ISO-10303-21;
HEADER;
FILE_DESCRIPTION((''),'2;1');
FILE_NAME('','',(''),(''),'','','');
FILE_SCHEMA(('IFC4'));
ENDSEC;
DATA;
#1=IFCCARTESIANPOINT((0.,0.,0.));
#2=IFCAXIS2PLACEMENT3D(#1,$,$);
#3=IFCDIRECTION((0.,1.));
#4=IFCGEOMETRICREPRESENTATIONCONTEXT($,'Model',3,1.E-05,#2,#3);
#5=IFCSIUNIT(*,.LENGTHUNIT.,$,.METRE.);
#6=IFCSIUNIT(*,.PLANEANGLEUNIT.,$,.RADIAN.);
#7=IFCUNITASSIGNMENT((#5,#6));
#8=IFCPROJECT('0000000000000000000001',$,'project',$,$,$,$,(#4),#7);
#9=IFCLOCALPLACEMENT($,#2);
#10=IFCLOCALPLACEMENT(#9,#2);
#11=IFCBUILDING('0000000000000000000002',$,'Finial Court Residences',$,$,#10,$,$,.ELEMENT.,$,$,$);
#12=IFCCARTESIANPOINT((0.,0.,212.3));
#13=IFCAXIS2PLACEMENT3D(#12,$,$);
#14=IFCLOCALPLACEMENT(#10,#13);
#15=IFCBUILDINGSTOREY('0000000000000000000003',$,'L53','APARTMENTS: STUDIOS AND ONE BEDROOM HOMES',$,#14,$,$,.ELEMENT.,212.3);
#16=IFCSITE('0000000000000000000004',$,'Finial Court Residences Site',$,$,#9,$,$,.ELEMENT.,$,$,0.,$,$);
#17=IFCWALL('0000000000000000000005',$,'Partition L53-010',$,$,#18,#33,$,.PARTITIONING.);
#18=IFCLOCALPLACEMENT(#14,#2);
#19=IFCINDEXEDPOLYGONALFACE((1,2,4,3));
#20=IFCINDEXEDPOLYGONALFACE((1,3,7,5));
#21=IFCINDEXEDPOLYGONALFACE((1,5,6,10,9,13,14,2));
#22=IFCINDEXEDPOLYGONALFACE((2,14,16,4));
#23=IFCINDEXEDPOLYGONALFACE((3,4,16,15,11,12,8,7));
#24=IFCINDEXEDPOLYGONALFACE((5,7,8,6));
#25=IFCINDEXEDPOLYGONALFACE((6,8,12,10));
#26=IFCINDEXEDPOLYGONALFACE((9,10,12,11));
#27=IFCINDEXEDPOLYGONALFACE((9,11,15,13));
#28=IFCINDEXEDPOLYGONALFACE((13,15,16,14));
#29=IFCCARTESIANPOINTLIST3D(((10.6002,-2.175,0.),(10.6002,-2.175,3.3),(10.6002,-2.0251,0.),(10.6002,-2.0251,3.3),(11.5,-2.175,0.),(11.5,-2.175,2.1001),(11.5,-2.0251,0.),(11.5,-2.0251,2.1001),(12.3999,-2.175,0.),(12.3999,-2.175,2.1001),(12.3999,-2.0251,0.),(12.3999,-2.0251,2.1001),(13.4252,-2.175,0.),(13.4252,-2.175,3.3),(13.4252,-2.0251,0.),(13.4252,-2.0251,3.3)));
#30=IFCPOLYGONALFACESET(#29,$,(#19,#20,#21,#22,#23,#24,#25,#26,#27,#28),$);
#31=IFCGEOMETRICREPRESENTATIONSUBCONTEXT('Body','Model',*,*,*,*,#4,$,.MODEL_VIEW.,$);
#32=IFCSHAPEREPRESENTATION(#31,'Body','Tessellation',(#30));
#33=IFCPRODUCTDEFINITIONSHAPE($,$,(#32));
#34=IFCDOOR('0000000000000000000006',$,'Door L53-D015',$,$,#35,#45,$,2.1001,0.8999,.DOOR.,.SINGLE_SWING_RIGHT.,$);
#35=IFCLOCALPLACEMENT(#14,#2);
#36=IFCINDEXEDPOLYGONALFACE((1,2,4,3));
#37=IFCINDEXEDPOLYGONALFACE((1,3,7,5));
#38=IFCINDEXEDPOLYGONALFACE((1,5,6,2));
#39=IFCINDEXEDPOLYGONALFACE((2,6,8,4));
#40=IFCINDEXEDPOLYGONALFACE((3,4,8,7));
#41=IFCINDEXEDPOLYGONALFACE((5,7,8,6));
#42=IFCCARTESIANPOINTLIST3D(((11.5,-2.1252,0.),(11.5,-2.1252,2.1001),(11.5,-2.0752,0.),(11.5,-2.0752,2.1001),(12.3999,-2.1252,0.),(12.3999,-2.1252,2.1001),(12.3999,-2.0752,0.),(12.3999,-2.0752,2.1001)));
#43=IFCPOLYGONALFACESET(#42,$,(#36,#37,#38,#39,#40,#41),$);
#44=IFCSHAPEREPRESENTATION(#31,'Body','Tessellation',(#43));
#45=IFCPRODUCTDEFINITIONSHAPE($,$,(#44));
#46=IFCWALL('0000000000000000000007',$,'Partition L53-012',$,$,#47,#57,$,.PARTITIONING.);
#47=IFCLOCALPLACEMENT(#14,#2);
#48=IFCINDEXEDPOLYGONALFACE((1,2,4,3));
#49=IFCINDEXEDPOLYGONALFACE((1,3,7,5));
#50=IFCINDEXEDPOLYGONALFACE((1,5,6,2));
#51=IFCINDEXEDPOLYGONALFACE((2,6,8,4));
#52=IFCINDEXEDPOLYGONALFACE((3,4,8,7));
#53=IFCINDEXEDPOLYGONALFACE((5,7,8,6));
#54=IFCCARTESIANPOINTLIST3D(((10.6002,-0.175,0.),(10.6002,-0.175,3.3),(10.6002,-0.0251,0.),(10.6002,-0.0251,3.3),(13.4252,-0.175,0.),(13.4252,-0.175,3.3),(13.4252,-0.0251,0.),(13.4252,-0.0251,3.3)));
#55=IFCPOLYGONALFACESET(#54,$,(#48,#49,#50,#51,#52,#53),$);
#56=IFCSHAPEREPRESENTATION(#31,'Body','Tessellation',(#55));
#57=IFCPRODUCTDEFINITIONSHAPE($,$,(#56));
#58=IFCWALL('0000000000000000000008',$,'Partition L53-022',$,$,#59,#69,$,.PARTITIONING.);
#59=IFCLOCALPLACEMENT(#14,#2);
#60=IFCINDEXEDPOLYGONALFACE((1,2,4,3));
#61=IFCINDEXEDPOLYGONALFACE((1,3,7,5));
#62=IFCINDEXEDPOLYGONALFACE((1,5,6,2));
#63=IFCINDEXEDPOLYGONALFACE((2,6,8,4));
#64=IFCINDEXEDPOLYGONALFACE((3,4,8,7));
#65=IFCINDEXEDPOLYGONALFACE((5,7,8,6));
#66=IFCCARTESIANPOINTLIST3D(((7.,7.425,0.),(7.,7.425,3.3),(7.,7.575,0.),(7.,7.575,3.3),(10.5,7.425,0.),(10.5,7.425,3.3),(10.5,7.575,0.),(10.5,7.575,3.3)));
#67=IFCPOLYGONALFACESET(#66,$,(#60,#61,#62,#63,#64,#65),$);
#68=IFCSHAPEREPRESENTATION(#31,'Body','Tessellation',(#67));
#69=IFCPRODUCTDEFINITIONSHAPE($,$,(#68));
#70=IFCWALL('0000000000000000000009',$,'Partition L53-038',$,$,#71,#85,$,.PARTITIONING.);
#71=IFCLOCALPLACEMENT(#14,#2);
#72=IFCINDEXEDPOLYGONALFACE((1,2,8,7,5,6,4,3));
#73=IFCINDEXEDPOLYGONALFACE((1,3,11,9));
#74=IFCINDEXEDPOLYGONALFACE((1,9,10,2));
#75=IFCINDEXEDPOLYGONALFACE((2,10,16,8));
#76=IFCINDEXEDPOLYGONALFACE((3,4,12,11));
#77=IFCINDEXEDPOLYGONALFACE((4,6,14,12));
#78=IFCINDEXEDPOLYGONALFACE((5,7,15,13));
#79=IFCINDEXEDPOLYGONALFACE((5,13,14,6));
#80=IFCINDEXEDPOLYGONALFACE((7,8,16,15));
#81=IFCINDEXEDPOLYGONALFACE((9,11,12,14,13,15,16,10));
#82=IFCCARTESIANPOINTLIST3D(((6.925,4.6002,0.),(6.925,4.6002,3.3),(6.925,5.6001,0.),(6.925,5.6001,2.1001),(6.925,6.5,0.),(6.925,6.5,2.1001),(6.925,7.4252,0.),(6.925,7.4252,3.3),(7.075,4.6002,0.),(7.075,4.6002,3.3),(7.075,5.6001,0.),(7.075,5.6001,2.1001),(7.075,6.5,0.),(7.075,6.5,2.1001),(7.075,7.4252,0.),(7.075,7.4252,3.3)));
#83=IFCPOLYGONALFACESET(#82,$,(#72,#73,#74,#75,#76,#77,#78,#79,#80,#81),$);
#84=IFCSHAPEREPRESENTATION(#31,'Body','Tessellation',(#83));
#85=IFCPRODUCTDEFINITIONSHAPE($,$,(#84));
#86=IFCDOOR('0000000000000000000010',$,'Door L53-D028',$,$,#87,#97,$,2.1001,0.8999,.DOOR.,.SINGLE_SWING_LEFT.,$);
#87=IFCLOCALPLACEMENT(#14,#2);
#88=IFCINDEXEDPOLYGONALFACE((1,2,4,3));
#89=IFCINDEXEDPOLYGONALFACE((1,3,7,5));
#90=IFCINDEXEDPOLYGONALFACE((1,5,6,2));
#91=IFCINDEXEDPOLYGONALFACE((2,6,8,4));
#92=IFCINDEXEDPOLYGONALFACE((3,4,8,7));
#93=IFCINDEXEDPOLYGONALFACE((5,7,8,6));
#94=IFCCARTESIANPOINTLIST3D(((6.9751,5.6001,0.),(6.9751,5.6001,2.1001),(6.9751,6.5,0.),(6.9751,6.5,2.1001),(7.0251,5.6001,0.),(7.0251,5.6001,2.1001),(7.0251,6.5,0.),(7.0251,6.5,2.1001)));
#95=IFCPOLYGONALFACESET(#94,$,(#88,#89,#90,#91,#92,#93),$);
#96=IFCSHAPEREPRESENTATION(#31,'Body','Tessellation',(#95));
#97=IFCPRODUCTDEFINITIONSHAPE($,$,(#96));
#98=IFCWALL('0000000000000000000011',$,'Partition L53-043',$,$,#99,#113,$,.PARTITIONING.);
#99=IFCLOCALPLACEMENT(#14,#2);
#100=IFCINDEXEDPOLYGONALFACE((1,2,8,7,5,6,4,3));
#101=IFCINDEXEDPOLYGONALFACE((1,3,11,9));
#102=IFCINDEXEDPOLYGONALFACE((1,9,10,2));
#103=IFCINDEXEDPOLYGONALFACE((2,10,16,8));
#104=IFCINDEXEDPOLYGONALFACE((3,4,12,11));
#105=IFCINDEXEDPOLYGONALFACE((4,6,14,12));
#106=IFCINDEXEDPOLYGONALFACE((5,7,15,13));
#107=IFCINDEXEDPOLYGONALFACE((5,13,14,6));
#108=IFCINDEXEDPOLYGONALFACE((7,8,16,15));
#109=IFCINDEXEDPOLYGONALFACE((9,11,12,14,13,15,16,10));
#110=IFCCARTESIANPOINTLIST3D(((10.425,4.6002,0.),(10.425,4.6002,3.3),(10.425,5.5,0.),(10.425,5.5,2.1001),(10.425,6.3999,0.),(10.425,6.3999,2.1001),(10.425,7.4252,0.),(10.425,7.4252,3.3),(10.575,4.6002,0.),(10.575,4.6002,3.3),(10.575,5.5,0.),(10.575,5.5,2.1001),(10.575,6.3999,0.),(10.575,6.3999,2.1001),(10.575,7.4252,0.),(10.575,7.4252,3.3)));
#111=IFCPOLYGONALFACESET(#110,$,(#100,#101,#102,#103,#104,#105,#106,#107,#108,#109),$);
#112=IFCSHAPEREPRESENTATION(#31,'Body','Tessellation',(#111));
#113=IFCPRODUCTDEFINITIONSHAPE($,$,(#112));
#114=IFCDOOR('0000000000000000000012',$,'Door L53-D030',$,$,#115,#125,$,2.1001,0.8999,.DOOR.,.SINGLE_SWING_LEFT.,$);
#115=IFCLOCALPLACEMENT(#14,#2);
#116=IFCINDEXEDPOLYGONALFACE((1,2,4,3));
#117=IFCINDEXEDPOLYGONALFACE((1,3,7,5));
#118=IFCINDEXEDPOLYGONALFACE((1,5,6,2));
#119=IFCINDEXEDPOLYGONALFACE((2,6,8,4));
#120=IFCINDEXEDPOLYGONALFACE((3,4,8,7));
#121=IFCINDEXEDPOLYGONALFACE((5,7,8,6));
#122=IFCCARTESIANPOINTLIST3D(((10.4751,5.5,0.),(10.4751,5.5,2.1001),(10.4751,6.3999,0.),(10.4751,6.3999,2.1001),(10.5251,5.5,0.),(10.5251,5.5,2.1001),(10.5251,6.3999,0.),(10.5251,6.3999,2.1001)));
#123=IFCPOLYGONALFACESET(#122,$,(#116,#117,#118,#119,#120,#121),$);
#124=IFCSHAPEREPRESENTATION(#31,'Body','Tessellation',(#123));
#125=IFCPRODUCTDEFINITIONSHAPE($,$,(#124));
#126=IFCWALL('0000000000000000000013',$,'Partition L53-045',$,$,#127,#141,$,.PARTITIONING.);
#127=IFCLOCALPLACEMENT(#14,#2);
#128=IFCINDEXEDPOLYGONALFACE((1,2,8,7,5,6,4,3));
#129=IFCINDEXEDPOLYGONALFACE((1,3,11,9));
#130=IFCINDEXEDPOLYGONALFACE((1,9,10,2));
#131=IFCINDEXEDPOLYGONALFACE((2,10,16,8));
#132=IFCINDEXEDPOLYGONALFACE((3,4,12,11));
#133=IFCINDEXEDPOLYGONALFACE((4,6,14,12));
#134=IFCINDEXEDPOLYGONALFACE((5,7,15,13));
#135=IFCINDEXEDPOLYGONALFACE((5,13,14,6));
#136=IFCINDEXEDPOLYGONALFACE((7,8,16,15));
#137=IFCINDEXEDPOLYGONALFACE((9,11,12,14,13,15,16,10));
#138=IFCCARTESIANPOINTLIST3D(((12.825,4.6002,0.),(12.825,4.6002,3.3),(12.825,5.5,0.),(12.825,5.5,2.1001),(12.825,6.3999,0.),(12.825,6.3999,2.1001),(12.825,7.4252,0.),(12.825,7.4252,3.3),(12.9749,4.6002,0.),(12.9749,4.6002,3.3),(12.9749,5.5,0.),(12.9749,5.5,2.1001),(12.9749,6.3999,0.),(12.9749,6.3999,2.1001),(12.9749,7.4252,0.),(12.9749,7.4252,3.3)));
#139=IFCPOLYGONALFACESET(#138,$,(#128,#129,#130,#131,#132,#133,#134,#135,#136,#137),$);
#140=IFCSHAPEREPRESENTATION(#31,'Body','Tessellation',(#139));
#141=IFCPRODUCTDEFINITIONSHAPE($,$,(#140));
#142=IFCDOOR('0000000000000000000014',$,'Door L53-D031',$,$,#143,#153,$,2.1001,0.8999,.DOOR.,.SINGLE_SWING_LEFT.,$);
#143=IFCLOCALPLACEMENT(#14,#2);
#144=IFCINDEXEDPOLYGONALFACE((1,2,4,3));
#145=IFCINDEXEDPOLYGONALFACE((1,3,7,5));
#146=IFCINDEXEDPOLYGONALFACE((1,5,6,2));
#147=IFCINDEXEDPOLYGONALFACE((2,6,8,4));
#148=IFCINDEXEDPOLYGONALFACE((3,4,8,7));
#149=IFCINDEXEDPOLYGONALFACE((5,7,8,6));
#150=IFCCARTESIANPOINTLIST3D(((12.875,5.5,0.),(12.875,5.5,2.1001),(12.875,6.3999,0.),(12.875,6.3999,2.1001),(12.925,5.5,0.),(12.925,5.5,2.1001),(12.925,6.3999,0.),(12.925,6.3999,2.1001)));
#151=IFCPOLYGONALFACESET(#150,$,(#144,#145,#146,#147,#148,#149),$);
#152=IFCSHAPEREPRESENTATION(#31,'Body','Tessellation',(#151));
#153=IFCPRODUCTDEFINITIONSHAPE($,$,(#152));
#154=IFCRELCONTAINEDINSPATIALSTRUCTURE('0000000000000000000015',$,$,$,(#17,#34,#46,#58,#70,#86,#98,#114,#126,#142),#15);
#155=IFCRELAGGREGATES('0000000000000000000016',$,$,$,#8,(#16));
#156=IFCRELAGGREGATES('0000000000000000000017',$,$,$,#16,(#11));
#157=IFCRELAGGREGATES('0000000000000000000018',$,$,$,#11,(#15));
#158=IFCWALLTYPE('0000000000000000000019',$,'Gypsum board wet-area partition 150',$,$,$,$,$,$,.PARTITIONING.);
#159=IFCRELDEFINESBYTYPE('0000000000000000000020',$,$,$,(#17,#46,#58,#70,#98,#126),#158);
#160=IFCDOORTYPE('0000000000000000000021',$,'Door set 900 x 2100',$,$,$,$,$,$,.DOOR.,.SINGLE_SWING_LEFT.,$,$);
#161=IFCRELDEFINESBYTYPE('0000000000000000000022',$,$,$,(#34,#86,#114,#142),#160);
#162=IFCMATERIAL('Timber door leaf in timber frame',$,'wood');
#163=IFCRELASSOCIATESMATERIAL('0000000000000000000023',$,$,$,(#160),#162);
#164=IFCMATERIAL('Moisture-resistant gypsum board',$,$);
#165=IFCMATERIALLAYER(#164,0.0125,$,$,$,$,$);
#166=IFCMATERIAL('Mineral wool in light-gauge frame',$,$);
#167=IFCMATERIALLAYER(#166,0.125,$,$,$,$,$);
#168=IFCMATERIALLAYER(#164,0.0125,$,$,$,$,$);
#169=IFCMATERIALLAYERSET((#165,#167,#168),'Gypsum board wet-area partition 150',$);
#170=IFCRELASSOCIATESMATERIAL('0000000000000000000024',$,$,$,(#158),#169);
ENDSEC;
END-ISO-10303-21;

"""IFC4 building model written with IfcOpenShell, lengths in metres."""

from ifc_helpers import new_model, si_unit, direction, frame, frame_2d, origin, place, context, subcontext, project, spatial, rectangle, extrude, material, layer, layer_set, type_object, element, fill, save


model = new_model("IFC4")

# Units and contexts
model_context = context("Model", 3, precision=1e-05, world=origin(), true_north=direction((0.0, 1.0)))
body_context = subcontext(model_context, "Body", "Model", "MODEL_VIEW")
ifc_project = project(units=[si_unit("LENGTHUNIT", "METRE"), si_unit("PLANEANGLEUNIT", "RADIAN")], contexts=[model_context])

# Site, building, storey
site_placement = place(None, origin())
site = spatial("IfcSite", under=ifc_project, at=site_placement, Name="Finial Court Residences Site", CompositionType="ELEMENT", RefElevation=0.0)
building_placement = place(site_placement, origin())
building = spatial("IfcBuilding", under=site, at=building_placement, Name="Finial Court Residences", CompositionType="ELEMENT")
storey_placement = place(building_placement, frame((0.0, 0.0, 212.3)))
storey = spatial("IfcBuildingStorey", under=building, at=storey_placement, Name="L53", Description="APARTMENTS: STUDIOS AND ONE BEDROOM HOMES", CompositionType="ELEMENT", Elevation=212.3)

# Shared definitions
ifc_material_1 = material(Name="Mineral wool in light-gauge frame")

# Shared definitions
ifc_material_2 = material(Name="Timber door leaf in timber frame", Category="wood")
door_type = type_object("IfcDoorType", Name="Door set 900 x 2100", OperationType="SINGLE_SWING_LEFT", PredefinedType="DOOR", material=ifc_material_2)

# Wall, opening, door
ifc_material_3 = material(Name="Moisture-resistant gypsum board")
ifc_layer_1 = layer(ifc_material_3, 0.0125)
ifc_layer_2 = layer(ifc_material_1, 0.125)
ifc_layer_3 = layer(ifc_material_3, 0.0125)
ifc_layer_set_1 = layer_set([ifc_layer_1, ifc_layer_2, ifc_layer_3], Name="Gypsum board wet-area partition 150")
wall_type_1 = type_object("IfcWallType", Name="Gypsum board wet-area partition 150", PredefinedType="PARTITIONING", material=ifc_layer_set_1)
wall_1_placement = place(storey_placement, frame((10.6001, -2.1001, 0.0), z_axis=(0.0, 0.0, 1.0), x_axis=(1.0, 0.0, 0.0)))
wall_1 = element("IfcWall", 1, at=wall_1_placement, inside=storey, type_object=wall_type_1, Name="Partition L53-010", PredefinedType="PARTITIONING", context=body_context, shape_type="SweptSolid", body=[
    extrude(rectangle(XDim=2.825, YDim=0.1499, at=frame_2d((1.4126, 0.0))), origin(), (0.0, 0.0, 1.0), 3.3),
])
opening_1_placement = place(wall_1_placement, frame((0.8999, 0.0, 0.0)))
opening_1 = element("IfcOpeningElement", 2, at=opening_1_placement, cuts=wall_1, PredefinedType="OPENING", context=body_context, shape_type="SweptSolid", body=[
    extrude(rectangle(XDim=0.8999, YDim=2.1001, at=frame_2d((0.45, 1.05))), frame((0.0, 0.085, 0.0), z_axis=(0.0, -1.0, 0.0), x_axis=(1.0, 0.0, 0.0)), (0.0, 0.0, 1.0), 0.1699),
])
door_1_placement = place(opening_1_placement, origin())
door_1 = element("IfcDoor", 3, at=door_1_placement, inside=storey, type_object=door_type, Name="Door L53-D015", OperationType="SINGLE_SWING_RIGHT", OverallHeight=2.1001, OverallWidth=0.8999, PredefinedType="DOOR", context=body_context, shape_type="SweptSolid", body=[
    extrude(rectangle(XDim=0.8999, YDim=2.1001, at=frame_2d((0.45, 1.05))), frame((0.0, 0.0249, 0.0), z_axis=(0.0, -1.0, 0.0), x_axis=(1.0, 0.0, 0.0)), (0.0, 0.0, 1.0), 0.05),
])
fill(opening_1, door_1)

# Walls
wall_2_placement = place(storey_placement, frame((10.6001, -0.1001, 0.0), z_axis=(0.0, 0.0, 1.0), x_axis=(1.0, 0.0, 0.0)))
element("IfcWall", 4, at=wall_2_placement, inside=storey, type_object=wall_type_1, Name="Partition L53-012", PredefinedType="PARTITIONING", context=body_context, shape_type="SweptSolid", body=[
    extrude(rectangle(XDim=2.825, YDim=0.1499, at=frame_2d((1.4126, 0.0))), origin(), (0.0, 0.0, 1.0), 3.3),
])
wall_3_placement = place(storey_placement, frame((7.0, 7.5, 0.0), z_axis=(0.0, 0.0, 1.0), x_axis=(1.0, 0.0, 0.0)))
element("IfcWall", 5, at=wall_3_placement, inside=storey, type_object=wall_type_1, Name="Partition L53-022", PredefinedType="PARTITIONING", context=body_context, shape_type="SweptSolid", body=[
    extrude(rectangle(XDim=3.5, YDim=0.1499, at=frame_2d((1.75, 0.0))), origin(), (0.0, 0.0, 1.0), 3.3),
])

# Walls, openings, doors
wall_4_placement = place(storey_placement, frame((7.0, 4.6001, 0.0), z_axis=(0.0, 0.0, 1.0), x_axis=(0.0, 1.0, 0.0)))
wall_4 = element("IfcWall", 6, at=wall_4_placement, inside=storey, type_object=wall_type_1, Name="Partition L53-038", PredefinedType="PARTITIONING", context=body_context, shape_type="SweptSolid", body=[
    extrude(rectangle(XDim=2.825, YDim=0.1499, at=frame_2d((1.4126, 0.0))), origin(), (0.0, 0.0, 1.0), 3.3),
])
opening_2_placement = place(wall_4_placement, frame((1.0, 0.0, 0.0)))
opening_2 = element("IfcOpeningElement", 7, at=opening_2_placement, cuts=wall_4, PredefinedType="OPENING", context=body_context, shape_type="SweptSolid", body=[
    extrude(rectangle(XDim=0.8999, YDim=2.1001, at=frame_2d((0.45, 1.05))), frame((0.0, 0.085, 0.0), z_axis=(0.0, -1.0, 0.0), x_axis=(1.0, 0.0, 0.0)), (0.0, 0.0, 1.0), 0.1699),
])
door_2_placement = place(opening_2_placement, origin())
door_2 = element("IfcDoor", 8, at=door_2_placement, inside=storey, type_object=door_type, Name="Door L53-D028", OperationType="SINGLE_SWING_LEFT", OverallHeight=2.1001, OverallWidth=0.8999, PredefinedType="DOOR", context=body_context, shape_type="SweptSolid", body=[
    extrude(rectangle(XDim=0.8999, YDim=2.1001, at=frame_2d((0.45, 1.05))), frame((0.0, 0.0249, 0.0), z_axis=(0.0, -1.0, 0.0), x_axis=(1.0, 0.0, 0.0)), (0.0, 0.0, 1.0), 0.05),
])
fill(opening_2, door_2)
wall_5_placement = place(storey_placement, frame((10.5, 4.6001, 0.0), z_axis=(0.0, 0.0, 1.0), x_axis=(0.0, 1.0, 0.0)))
wall_5 = element("IfcWall", 9, at=wall_5_placement, inside=storey, type_object=wall_type_1, Name="Partition L53-043", PredefinedType="PARTITIONING", context=body_context, shape_type="SweptSolid", body=[
    extrude(rectangle(XDim=2.825, YDim=0.1499, at=frame_2d((1.4126, 0.0))), origin(), (0.0, 0.0, 1.0), 3.3),
])
opening_3_placement = place(wall_5_placement, frame((0.8999, 0.0, 0.0)))
opening_3 = element("IfcOpeningElement", 10, at=opening_3_placement, cuts=wall_5, PredefinedType="OPENING", context=body_context, shape_type="SweptSolid", body=[
    extrude(rectangle(XDim=0.8999, YDim=2.1001, at=frame_2d((0.45, 1.05))), frame((0.0, 0.085, 0.0), z_axis=(0.0, -1.0, 0.0), x_axis=(1.0, 0.0, 0.0)), (0.0, 0.0, 1.0), 0.1699),
])
door_3_placement = place(opening_3_placement, origin())
door_3 = element("IfcDoor", 11, at=door_3_placement, inside=storey, type_object=door_type, Name="Door L53-D030", OperationType="SINGLE_SWING_LEFT", OverallHeight=2.1001, OverallWidth=0.8999, PredefinedType="DOOR", context=body_context, shape_type="SweptSolid", body=[
    extrude(rectangle(XDim=0.8999, YDim=2.1001, at=frame_2d((0.45, 1.05))), frame((0.0, 0.0249, 0.0), z_axis=(0.0, -1.0, 0.0), x_axis=(1.0, 0.0, 0.0)), (0.0, 0.0, 1.0), 0.05),
])
fill(opening_3, door_3)
wall_6_placement = place(storey_placement, frame((12.8999, 4.6001, 0.0), z_axis=(0.0, 0.0, 1.0), x_axis=(0.0, 1.0, 0.0)))
wall_6 = element("IfcWall", 12, at=wall_6_placement, inside=storey, type_object=wall_type_1, Name="Partition L53-045", PredefinedType="PARTITIONING", context=body_context, shape_type="SweptSolid", body=[
    extrude(rectangle(XDim=2.825, YDim=0.1499, at=frame_2d((1.4126, 0.0))), origin(), (0.0, 0.0, 1.0), 3.3),
])
opening_4_placement = place(wall_6_placement, frame((0.8999, 0.0, 0.0)))
opening_4 = element("IfcOpeningElement", 13, at=opening_4_placement, cuts=wall_6, PredefinedType="OPENING", context=body_context, shape_type="SweptSolid", body=[
    extrude(rectangle(XDim=0.8999, YDim=2.1001, at=frame_2d((0.45, 1.05))), frame((0.0, 0.085, 0.0), z_axis=(0.0, -1.0, 0.0), x_axis=(1.0, 0.0, 0.0)), (0.0, 0.0, 1.0), 0.1699),
])
door_4_placement = place(opening_4_placement, origin())
door_4 = element("IfcDoor", 14, at=door_4_placement, inside=storey, type_object=door_type, Name="Door L53-D031", OperationType="SINGLE_SWING_LEFT", OverallHeight=2.1001, OverallWidth=0.8999, PredefinedType="DOOR", context=body_context, shape_type="SweptSolid", body=[
    extrude(rectangle(XDim=0.8999, YDim=2.1001, at=frame_2d((0.45, 1.05))), frame((0.0, 0.0249, 0.0), z_axis=(0.0, -1.0, 0.0), x_axis=(1.0, 0.0, 0.0)), (0.0, 0.0, 1.0), 0.05),
])
fill(opening_4, door_4)

save(model, "model.ifc")
